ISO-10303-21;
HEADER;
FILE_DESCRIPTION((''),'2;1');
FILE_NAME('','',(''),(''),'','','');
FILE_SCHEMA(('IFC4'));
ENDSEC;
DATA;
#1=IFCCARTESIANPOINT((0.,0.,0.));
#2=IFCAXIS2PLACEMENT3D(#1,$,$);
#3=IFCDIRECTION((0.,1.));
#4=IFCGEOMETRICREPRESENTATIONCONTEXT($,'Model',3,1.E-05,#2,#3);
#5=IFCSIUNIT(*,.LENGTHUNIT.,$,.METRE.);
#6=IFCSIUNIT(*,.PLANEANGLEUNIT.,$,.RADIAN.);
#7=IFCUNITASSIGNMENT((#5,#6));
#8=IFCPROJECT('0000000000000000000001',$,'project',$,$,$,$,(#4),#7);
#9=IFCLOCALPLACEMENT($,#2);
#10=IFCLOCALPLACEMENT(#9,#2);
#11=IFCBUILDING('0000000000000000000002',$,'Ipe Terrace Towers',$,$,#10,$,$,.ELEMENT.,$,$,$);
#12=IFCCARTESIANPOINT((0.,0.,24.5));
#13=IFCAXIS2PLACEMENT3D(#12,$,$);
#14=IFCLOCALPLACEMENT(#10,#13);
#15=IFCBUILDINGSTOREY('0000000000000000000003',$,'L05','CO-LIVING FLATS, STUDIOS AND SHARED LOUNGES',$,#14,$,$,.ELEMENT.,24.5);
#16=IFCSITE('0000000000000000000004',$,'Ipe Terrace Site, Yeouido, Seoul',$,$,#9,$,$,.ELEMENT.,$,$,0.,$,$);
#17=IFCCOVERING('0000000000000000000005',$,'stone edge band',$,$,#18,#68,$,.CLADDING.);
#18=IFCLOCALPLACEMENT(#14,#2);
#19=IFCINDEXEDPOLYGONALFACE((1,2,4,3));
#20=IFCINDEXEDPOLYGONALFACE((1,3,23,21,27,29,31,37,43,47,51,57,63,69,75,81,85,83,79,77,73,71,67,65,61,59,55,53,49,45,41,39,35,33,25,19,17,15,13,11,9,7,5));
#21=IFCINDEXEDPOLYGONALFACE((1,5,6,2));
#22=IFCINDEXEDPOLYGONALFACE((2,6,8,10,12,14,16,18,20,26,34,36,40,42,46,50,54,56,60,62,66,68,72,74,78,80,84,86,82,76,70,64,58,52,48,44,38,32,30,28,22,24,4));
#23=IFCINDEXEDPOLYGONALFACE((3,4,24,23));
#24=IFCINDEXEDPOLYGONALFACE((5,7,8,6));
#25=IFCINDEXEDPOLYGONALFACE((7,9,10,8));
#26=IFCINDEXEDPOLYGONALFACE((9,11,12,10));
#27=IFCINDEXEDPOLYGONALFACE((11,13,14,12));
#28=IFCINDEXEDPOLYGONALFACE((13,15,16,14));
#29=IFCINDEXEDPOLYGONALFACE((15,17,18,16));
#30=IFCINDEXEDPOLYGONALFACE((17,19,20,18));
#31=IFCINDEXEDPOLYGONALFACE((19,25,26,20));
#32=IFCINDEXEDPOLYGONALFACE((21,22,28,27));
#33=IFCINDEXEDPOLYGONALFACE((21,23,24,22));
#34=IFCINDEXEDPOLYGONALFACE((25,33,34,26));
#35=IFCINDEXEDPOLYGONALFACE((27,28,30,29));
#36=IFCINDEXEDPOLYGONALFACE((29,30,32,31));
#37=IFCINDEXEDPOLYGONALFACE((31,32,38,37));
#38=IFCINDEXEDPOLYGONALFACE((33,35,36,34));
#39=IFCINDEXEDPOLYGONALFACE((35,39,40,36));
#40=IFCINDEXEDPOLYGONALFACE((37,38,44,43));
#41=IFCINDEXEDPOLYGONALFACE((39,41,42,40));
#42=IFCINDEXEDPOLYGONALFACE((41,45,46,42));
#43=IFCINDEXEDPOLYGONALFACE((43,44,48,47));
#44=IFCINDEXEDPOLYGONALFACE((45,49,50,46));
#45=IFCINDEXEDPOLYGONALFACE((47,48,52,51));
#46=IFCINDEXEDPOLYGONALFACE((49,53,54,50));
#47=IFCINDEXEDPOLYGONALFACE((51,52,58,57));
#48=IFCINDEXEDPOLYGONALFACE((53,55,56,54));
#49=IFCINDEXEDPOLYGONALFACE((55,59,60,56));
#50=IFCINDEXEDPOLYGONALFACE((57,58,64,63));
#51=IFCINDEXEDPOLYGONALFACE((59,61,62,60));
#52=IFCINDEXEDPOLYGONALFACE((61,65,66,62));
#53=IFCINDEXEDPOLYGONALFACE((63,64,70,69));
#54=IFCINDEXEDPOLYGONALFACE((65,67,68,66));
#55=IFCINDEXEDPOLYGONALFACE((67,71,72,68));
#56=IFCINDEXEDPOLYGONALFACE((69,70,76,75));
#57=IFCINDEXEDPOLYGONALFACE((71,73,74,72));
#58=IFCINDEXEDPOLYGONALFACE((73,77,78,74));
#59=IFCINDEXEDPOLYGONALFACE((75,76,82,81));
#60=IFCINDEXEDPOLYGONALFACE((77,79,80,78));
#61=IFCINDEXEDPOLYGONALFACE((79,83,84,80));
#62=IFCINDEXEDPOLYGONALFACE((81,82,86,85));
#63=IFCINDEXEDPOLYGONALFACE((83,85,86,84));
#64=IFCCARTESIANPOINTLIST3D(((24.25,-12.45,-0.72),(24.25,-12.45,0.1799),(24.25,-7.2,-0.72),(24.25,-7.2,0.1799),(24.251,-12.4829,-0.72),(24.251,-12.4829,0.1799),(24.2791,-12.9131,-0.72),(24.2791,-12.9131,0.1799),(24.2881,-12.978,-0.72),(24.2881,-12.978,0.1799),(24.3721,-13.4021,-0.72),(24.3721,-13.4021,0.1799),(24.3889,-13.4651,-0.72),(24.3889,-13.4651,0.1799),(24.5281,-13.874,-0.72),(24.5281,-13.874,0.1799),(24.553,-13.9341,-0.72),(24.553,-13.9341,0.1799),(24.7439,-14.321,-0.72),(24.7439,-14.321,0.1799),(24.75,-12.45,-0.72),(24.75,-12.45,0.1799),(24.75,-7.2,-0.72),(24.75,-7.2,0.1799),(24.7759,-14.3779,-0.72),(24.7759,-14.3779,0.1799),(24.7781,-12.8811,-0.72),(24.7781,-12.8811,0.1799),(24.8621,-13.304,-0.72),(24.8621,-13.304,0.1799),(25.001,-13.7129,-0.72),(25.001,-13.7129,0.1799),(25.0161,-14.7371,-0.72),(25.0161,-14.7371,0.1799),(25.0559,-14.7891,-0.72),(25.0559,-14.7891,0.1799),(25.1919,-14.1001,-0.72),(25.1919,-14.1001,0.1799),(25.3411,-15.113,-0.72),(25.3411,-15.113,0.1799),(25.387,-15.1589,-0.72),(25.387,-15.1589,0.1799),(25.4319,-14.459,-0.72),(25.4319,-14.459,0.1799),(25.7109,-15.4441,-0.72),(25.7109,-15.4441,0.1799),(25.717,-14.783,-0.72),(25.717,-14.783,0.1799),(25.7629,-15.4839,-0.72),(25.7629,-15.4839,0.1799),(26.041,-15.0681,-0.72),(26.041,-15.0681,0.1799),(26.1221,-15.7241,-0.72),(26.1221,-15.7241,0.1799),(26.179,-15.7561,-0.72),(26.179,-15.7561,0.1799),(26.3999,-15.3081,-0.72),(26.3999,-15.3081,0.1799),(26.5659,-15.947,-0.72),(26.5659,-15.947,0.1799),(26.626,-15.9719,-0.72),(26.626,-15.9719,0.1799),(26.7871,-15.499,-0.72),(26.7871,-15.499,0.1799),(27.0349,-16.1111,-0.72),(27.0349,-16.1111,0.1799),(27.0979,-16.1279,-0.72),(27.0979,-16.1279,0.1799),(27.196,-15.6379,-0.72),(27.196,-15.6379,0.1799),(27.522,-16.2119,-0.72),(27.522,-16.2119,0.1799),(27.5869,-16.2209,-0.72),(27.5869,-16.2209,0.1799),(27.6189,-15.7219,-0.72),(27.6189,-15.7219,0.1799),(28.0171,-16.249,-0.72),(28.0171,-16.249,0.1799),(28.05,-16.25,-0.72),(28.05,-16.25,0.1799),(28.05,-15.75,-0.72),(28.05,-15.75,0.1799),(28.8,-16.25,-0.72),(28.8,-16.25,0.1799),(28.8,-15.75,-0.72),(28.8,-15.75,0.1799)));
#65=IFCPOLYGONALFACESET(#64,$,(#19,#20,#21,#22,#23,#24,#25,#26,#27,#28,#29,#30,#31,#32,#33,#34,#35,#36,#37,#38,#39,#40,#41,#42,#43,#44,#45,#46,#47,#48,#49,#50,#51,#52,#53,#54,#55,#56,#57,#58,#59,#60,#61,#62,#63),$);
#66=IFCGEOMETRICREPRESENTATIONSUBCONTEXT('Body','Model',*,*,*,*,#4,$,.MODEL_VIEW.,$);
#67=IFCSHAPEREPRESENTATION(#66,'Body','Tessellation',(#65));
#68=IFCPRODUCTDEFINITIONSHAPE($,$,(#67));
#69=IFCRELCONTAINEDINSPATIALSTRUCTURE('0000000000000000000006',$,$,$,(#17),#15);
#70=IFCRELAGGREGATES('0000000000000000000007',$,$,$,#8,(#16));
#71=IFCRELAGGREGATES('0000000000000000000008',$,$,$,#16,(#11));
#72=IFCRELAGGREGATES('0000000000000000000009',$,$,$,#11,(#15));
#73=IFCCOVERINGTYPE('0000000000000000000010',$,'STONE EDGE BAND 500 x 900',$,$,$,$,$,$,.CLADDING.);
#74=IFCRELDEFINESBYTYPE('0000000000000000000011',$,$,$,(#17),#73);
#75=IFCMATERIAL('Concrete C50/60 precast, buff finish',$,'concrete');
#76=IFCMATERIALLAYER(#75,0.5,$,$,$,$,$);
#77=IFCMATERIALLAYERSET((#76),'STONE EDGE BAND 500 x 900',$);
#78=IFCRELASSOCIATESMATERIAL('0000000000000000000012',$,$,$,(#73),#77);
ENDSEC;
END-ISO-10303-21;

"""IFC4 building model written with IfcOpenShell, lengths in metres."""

from ifc_helpers import new_model, si_unit, direction, frame, origin, place, context, subcontext, project, spatial, polyline, outline, extrude, material, layer, layer_set, type_object, element, save


model = new_model("IFC4")

# Units and contexts
model_context = context("Model", 3, precision=1e-05, world=origin(), true_north=direction((0.0, 1.0)))
body_context = subcontext(model_context, "Body", "Model", "MODEL_VIEW")
ifc_project = project(units=[si_unit("LENGTHUNIT", "METRE"), si_unit("PLANEANGLEUNIT", "RADIAN")], contexts=[model_context])

# Site, building, storey
site_placement = place(None, origin())
site = spatial("IfcSite", under=ifc_project, at=site_placement, Name="Ipe Terrace Site, Yeouido, Seoul", CompositionType="ELEMENT", RefElevation=0.0)
building_placement = place(site_placement, origin())
building = spatial("IfcBuilding", under=site, at=building_placement, Name="Ipe Terrace Towers", CompositionType="ELEMENT")
storey_placement = place(building_placement, frame((0.0, 0.0, 24.5)))
storey = spatial("IfcBuildingStorey", under=building, at=storey_placement, Name="L05", Description="CO-LIVING FLATS, STUDIOS AND SHARED LOUNGES", CompositionType="ELEMENT", Elevation=24.5)

# Covering
ifc_material_1 = material(Name="Concrete C50/60 precast, buff finish", Category="concrete")
ifc_layer_1 = layer(ifc_material_1, 0.5)
ifc_layer_set_1 = layer_set([ifc_layer_1], Name="STONE EDGE BAND 500 x 900")
covering_type = type_object("IfcCoveringType", Name="STONE EDGE BAND 500 x 900", PredefinedType="CLADDING", material=ifc_layer_set_1)
covering_1_placement = place(storey_placement, frame((0.0, 0.0, -0.72)))
element("IfcCovering", 1, at=covering_1_placement, inside=storey, type_object=covering_type, Name="stone edge band", PredefinedType="CLADDING", context=body_context, shape_type="SweptSolid", body=[
    extrude(outline(polyline([(24.25, -12.45), (24.251, -12.4829), (24.2791, -12.9131), (24.2881, -12.978), (24.3721, -13.4021), (24.3889, -13.4651), (24.5281, -13.874), (24.553, -13.9341), (24.7439, -14.321), (24.7759, -14.3779), (25.0161, -14.7371), (25.0559, -14.7891), (25.3411, -15.113), (25.387, -15.1589), (25.7109, -15.4441), (25.7629, -15.4839), (26.1221, -15.7241), (26.179, -15.7561), (26.5659, -15.947), (26.626, -15.9719), (27.0349, -16.1111), (27.0979, -16.1279), (27.522, -16.2119), (27.5869, -16.2209), (28.0171, -16.249), (28.05, -16.25), (28.8, -16.25), (28.8, -15.75), (28.05, -15.75), (27.6189, -15.7219), (27.196, -15.6379), (26.7871, -15.499), (26.3999, -15.3081), (26.041, -15.0681), (25.717, -14.783), (25.4319, -14.459), (25.1919, -14.1001), (25.001, -13.7129), (24.8621, -13.304), (24.7781, -12.8811), (24.75, -12.45), (24.75, -7.2), (24.25, -7.2), (24.25, -12.45)])), origin(), (0.0, 0.0, 1.0), 0.8999),
])

save(model, "model.ifc")
